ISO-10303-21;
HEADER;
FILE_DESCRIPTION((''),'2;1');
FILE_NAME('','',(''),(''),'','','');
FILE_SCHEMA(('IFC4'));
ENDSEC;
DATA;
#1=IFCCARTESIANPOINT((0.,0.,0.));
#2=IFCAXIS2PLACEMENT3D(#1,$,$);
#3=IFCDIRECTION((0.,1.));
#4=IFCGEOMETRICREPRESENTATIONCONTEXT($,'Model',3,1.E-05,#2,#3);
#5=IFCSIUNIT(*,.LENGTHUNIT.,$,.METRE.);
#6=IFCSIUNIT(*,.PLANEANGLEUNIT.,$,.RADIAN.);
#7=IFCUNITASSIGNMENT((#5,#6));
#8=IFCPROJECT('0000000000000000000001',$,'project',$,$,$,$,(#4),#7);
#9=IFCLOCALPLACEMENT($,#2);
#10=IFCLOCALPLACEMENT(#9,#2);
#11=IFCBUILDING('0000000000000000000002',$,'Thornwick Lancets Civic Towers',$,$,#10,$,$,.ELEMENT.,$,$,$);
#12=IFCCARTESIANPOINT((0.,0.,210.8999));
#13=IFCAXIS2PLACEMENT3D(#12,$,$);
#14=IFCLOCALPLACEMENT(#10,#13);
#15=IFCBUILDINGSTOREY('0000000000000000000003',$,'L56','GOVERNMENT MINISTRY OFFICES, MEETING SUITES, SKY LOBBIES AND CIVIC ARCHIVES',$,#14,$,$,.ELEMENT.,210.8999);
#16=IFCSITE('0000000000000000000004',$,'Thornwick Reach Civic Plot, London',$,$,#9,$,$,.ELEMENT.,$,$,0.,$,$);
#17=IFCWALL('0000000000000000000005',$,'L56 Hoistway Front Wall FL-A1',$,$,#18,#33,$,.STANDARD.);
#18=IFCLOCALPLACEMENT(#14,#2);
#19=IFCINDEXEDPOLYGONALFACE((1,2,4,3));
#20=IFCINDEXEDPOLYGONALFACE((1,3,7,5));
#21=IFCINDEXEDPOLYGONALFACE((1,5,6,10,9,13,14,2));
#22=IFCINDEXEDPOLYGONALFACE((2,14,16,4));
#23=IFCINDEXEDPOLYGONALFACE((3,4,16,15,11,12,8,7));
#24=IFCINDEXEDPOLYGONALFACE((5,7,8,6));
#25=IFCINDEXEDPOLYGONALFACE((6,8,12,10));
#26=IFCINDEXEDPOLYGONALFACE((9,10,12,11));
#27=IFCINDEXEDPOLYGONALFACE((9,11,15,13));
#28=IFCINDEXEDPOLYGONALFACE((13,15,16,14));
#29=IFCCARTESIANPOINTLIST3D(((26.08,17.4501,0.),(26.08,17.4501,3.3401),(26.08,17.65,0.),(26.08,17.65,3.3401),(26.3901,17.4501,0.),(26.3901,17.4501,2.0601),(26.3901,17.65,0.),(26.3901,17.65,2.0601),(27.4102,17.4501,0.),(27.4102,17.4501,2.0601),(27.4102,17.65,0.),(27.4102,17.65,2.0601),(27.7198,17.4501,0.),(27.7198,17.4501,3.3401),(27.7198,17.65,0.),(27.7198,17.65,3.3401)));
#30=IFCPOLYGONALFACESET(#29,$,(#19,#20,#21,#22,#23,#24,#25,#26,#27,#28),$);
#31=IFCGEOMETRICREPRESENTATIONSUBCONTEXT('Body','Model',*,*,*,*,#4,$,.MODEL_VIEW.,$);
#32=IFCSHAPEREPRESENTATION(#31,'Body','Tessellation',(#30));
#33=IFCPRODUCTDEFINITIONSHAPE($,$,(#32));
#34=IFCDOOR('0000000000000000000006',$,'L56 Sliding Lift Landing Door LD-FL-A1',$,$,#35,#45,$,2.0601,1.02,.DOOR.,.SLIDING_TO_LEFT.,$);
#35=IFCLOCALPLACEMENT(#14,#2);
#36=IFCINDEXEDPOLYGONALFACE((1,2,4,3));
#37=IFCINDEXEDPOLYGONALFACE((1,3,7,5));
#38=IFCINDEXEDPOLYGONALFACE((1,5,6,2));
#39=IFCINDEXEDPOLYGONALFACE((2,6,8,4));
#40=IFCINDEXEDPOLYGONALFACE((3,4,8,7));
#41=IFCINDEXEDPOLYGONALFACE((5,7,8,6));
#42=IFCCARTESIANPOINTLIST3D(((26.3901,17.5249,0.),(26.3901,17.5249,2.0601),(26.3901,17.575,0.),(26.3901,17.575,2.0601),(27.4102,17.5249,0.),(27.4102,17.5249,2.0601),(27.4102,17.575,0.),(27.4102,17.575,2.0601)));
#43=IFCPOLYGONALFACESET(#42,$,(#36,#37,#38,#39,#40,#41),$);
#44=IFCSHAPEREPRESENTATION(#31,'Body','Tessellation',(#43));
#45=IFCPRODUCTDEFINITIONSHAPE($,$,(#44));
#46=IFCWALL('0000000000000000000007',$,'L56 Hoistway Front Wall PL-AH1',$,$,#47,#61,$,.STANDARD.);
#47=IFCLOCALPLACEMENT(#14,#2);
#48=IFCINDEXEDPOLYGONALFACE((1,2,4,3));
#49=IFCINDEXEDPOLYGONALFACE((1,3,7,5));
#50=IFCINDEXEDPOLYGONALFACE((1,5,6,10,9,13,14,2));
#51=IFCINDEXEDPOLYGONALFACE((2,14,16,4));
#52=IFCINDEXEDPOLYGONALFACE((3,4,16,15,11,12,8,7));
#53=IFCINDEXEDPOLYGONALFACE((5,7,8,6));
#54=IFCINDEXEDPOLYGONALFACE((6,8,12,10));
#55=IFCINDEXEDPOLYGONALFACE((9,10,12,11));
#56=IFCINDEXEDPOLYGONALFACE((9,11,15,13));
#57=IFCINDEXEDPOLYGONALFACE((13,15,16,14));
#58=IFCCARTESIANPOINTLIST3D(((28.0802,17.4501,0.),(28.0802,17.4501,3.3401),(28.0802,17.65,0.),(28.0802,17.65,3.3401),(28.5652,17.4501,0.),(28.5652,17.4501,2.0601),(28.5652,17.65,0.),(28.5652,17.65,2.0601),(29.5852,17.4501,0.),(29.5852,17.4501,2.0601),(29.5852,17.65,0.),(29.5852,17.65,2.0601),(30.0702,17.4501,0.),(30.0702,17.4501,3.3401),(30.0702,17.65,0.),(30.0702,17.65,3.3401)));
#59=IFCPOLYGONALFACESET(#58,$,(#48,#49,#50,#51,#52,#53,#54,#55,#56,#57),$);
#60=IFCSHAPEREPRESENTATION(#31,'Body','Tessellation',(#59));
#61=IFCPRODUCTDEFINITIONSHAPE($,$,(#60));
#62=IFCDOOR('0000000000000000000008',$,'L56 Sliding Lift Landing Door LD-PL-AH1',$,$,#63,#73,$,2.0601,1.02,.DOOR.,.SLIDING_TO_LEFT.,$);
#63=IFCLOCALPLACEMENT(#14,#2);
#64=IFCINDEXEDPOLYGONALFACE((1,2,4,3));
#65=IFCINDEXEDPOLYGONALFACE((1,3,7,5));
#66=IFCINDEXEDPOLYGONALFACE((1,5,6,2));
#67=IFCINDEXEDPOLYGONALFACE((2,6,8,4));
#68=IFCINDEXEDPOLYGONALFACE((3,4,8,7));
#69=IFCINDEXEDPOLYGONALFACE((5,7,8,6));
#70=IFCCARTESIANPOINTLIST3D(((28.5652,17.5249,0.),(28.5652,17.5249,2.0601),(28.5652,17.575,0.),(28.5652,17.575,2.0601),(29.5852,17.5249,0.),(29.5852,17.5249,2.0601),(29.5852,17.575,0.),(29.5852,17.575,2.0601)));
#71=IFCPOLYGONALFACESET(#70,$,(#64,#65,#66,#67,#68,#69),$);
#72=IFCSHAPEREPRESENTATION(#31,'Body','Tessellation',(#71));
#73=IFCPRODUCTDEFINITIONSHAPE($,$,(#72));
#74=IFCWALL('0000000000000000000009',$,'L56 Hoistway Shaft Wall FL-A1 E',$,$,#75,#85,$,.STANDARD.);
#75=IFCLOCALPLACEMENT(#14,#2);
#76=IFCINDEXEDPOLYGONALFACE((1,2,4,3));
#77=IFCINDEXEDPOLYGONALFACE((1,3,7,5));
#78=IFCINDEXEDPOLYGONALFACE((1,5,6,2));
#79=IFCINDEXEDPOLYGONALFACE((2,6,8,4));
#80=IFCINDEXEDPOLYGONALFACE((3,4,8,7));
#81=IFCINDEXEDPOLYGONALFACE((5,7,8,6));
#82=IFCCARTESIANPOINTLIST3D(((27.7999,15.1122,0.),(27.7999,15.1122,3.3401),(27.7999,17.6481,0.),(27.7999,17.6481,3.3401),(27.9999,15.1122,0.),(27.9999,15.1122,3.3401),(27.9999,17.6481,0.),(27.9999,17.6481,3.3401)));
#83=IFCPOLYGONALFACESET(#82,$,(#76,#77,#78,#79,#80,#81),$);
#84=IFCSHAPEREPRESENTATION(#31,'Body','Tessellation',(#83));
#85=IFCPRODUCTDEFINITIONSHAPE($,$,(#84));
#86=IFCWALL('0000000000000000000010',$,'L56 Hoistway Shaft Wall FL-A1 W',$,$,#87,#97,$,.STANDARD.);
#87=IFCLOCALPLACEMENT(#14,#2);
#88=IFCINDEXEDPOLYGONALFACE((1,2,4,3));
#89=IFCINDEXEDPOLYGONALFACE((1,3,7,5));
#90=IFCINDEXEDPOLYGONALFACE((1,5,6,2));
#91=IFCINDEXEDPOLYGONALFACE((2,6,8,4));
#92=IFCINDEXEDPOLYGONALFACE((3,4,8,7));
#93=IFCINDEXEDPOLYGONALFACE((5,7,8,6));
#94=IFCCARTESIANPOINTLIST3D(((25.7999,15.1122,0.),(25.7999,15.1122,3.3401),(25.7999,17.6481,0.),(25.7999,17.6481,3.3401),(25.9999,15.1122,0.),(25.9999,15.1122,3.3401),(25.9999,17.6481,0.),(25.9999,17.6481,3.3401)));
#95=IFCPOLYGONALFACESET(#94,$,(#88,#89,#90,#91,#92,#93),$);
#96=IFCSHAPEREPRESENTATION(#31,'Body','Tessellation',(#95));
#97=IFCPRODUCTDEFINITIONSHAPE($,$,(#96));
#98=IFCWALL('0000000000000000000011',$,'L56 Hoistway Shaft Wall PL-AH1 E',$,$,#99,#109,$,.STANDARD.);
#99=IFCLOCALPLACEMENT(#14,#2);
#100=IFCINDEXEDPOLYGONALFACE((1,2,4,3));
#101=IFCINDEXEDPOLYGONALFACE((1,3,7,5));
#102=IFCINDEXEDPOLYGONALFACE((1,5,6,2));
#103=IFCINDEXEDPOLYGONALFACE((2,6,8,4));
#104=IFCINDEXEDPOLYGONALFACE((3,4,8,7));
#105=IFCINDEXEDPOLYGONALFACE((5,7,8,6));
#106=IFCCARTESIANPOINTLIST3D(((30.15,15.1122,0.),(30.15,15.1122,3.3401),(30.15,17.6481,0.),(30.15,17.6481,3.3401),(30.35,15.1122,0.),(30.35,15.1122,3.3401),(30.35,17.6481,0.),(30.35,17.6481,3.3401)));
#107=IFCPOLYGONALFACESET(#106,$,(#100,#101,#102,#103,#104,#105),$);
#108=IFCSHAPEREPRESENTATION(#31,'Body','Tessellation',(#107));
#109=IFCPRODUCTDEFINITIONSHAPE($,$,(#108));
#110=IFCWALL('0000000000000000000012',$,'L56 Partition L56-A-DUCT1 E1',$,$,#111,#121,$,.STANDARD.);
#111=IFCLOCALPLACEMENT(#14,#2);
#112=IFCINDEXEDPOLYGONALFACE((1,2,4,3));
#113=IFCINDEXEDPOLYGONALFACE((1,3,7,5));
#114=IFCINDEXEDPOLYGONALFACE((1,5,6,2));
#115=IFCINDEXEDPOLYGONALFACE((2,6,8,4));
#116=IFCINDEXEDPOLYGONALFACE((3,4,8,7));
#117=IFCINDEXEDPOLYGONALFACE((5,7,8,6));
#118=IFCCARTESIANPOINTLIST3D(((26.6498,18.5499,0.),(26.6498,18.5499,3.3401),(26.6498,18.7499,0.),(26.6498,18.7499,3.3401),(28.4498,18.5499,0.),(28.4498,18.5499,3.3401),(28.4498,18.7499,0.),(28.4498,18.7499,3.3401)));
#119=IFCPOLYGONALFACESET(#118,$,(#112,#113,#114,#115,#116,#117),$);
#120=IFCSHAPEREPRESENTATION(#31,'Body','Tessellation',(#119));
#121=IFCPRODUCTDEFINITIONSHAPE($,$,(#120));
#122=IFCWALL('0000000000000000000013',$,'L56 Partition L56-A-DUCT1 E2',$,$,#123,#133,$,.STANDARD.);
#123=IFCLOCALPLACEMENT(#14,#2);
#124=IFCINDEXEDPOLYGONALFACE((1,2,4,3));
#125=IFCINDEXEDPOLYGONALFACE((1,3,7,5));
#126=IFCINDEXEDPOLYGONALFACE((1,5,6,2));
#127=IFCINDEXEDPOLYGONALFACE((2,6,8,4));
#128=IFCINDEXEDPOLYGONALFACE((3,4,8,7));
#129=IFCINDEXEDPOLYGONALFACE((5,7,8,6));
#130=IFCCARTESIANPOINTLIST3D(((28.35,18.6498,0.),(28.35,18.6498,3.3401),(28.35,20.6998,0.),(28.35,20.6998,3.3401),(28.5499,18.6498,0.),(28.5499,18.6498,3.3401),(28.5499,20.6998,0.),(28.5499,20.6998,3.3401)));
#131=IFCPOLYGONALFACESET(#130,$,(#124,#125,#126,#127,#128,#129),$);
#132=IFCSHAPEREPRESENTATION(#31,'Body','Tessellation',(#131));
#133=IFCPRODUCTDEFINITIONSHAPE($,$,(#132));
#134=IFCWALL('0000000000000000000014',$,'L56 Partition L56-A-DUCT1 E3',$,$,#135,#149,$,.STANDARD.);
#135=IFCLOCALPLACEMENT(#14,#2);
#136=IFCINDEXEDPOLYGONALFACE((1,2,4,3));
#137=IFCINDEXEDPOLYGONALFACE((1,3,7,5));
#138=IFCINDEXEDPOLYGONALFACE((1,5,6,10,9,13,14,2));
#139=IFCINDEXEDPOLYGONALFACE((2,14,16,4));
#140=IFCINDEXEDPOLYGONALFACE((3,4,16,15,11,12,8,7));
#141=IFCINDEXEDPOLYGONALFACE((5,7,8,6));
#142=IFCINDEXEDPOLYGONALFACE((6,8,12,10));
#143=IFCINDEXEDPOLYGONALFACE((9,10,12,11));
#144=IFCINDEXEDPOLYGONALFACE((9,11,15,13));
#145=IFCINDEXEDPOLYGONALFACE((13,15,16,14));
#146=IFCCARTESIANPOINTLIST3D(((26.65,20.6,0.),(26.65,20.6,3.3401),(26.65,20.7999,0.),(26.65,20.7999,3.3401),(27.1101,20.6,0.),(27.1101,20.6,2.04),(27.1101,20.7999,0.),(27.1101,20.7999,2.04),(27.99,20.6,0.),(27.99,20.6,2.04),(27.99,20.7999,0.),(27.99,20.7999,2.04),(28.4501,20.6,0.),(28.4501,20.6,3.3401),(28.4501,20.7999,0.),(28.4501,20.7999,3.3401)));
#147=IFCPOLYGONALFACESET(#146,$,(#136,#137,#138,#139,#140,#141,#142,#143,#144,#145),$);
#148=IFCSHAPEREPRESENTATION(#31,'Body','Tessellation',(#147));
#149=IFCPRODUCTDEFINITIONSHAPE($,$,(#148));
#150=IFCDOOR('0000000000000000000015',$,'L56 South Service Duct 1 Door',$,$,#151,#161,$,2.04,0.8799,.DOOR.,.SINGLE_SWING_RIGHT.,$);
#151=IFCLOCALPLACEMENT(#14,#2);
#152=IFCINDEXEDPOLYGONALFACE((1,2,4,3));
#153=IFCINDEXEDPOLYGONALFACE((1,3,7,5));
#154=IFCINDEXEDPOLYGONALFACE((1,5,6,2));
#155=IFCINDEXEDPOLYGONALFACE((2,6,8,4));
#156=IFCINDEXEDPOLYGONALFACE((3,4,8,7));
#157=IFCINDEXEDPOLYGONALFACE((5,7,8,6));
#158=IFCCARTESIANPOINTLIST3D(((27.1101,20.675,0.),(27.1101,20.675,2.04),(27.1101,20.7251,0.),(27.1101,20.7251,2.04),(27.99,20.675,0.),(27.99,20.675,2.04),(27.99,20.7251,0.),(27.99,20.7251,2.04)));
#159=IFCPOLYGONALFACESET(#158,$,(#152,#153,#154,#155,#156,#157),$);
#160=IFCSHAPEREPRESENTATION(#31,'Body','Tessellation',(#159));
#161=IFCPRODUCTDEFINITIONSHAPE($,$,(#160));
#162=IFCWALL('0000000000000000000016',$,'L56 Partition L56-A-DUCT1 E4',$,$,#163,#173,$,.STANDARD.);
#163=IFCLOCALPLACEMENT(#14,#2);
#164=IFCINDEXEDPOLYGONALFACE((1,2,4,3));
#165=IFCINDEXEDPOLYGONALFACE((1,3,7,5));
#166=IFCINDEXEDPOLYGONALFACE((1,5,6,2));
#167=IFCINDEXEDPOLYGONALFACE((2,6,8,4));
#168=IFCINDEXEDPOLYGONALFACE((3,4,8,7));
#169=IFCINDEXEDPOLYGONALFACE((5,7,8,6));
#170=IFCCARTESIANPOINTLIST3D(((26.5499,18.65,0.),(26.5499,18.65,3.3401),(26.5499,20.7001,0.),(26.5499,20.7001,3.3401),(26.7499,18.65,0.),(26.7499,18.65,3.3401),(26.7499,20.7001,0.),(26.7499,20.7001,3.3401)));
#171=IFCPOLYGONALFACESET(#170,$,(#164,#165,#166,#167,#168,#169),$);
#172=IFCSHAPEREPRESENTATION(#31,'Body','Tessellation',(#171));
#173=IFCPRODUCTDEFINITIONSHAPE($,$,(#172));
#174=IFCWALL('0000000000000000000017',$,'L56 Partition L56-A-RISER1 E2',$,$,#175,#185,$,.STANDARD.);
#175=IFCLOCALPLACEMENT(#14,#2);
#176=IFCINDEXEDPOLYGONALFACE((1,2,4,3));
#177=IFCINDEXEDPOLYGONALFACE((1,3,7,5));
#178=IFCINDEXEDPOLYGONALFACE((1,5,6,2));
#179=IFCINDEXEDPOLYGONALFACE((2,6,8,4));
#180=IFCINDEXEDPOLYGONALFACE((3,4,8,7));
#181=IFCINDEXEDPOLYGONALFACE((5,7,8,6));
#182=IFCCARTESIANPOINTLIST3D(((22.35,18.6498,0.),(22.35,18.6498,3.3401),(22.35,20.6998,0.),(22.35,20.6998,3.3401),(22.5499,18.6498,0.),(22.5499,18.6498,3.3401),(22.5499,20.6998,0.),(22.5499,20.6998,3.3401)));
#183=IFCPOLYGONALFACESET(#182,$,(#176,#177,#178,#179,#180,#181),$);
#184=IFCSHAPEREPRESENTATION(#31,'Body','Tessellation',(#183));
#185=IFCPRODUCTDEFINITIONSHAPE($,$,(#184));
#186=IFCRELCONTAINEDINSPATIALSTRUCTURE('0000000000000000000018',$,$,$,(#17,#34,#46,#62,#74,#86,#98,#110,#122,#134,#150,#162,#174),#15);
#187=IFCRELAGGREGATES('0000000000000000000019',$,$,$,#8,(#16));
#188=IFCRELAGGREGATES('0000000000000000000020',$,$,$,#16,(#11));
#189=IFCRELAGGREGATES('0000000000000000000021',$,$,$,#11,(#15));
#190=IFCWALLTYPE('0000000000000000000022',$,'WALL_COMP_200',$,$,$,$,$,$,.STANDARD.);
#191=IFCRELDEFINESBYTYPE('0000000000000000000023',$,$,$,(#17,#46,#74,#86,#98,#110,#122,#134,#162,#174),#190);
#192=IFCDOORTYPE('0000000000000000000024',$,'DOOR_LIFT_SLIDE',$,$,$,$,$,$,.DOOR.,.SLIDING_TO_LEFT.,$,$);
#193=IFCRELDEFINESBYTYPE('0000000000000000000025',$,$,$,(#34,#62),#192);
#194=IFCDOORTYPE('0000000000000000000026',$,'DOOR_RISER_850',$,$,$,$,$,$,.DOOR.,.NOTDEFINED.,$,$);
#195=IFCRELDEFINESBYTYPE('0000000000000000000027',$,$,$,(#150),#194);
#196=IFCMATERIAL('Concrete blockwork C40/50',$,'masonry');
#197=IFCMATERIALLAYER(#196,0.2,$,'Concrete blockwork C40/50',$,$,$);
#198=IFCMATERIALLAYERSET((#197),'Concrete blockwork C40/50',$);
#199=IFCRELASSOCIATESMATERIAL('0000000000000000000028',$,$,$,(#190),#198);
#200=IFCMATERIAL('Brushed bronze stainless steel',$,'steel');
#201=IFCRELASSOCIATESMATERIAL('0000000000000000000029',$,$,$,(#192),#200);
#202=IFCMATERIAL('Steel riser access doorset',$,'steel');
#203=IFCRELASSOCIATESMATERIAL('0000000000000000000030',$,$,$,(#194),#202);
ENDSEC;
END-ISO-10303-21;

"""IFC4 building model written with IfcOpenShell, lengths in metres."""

from ifc_helpers import new_model, si_unit, direction, frame, frame_2d, origin, place, context, subcontext, project, spatial, rectangle, extrude, material, layer, layer_set, type_object, element, fill, save


model = new_model("IFC4")

# Units and contexts
model_context = context("Model", 3, precision=1e-05, world=origin(), true_north=direction((0.0, 1.0)))
body_context = subcontext(model_context, "Body", "Model", "MODEL_VIEW")
ifc_project = project(units=[si_unit("LENGTHUNIT", "METRE"), si_unit("PLANEANGLEUNIT", "RADIAN")], contexts=[model_context])

# Site, building, storey
site_placement = place(None, origin())
site = spatial("IfcSite", under=ifc_project, at=site_placement, Name="Thornwick Reach Civic Plot, London", CompositionType="ELEMENT", RefElevation=0.0)
building_placement = place(site_placement, origin())
building = spatial("IfcBuilding", under=site, at=building_placement, Name="Thornwick Lancets Civic Towers", CompositionType="ELEMENT")
storey_placement = place(building_placement, frame((0.0, 0.0, 210.8999)))
storey = spatial("IfcBuildingStorey", under=building, at=storey_placement, Name="L56", Description="GOVERNMENT MINISTRY OFFICES, MEETING SUITES, SKY LOBBIES AND CIVIC ARCHIVES", CompositionType="ELEMENT", Elevation=210.8999)

# Walls, openings, doors
ifc_material_1 = material(Name="Concrete blockwork C40/50", Category="masonry")
ifc_layer_1 = layer(ifc_material_1, 0.2, Name="Concrete blockwork C40/50")
ifc_layer_set_1 = layer_set([ifc_layer_1], Name="Concrete blockwork C40/50")
wall_type_1 = type_object("IfcWallType", Name="WALL_COMP_200", PredefinedType="STANDARD", material=ifc_layer_set_1)
wall_1_placement = place(storey_placement, frame((26.0801, 17.55, 0.0), z_axis=(0.0, 0.0, 1.0), x_axis=(1.0, 0.0, 0.0)))
wall_1 = element("IfcWall", 1, at=wall_1_placement, inside=storey, type_object=wall_type_1, Name="L56 Hoistway Front Wall FL-A1", PredefinedType="STANDARD", context=body_context, shape_type="SweptSolid", body=[
    extrude(rectangle(XDim=1.6399, YDim=0.2, at=frame_2d((0.8198, 0.0))), origin(), (0.0, 0.0, 1.0), 3.3401),
])
opening_1_placement = place(wall_1_placement, frame((0.3101, 0.0, 0.0)))
opening_1 = element("IfcOpeningElement", 2, at=opening_1_placement, cuts=wall_1, PredefinedType="OPENING", context=body_context, shape_type="SweptSolid", body=[
    extrude(rectangle(XDim=1.02, YDim=2.0601, at=frame_2d((0.51, 1.03))), frame((0.0, 0.1099, 0.0), z_axis=(0.0, -1.0, 0.0), x_axis=(1.0, 0.0, 0.0)), (0.0, 0.0, 1.0), 0.22),
])
ifc_material_2 = material(Name="Brushed bronze stainless steel", Category="steel")
door_type_1 = type_object("IfcDoorType", Name="DOOR_LIFT_SLIDE", OperationType="SLIDING_TO_LEFT", PredefinedType="DOOR", material=ifc_material_2)
door_1_placement = place(opening_1_placement, origin())
door_1 = element("IfcDoor", 3, at=door_1_placement, inside=storey, type_object=door_type_1, Name="L56 Sliding Lift Landing Door LD-FL-A1", OperationType="SLIDING_TO_LEFT", OverallHeight=2.0601, OverallWidth=1.02, PredefinedType="DOOR", context=body_context, shape_type="SweptSolid", body=[
    extrude(rectangle(XDim=1.02, YDim=2.0601, at=frame_2d((0.51, 1.03))), frame((0.0, 0.0249, 0.0), z_axis=(0.0, -1.0, 0.0), x_axis=(1.0, 0.0, 0.0)), (0.0, 0.0, 1.0), 0.05),
])
fill(opening_1, door_1)
wall_2_placement = place(storey_placement, frame((28.0801, 17.55, 0.0), z_axis=(0.0, 0.0, 1.0), x_axis=(1.0, 0.0, 0.0)))
wall_2 = element("IfcWall", 4, at=wall_2_placement, inside=storey, type_object=wall_type_1, Name="L56 Hoistway Front Wall PL-AH1", PredefinedType="STANDARD", context=body_context, shape_type="SweptSolid", body=[
    extrude(rectangle(XDim=1.99, YDim=0.2, at=frame_2d((0.9951, 0.0))), origin(), (0.0, 0.0, 1.0), 3.3401),
])
opening_2_placement = place(wall_2_placement, frame((0.4851, 0.0, 0.0)))
opening_2 = element("IfcOpeningElement", 5, at=opening_2_placement, cuts=wall_2, PredefinedType="OPENING", context=body_context, shape_type="SweptSolid", body=[
    extrude(rectangle(XDim=1.02, YDim=2.0601, at=frame_2d((0.51, 1.03))), frame((0.0, 0.1099, 0.0), z_axis=(0.0, -1.0, 0.0), x_axis=(1.0, 0.0, 0.0)), (0.0, 0.0, 1.0), 0.22),
])
door_2_placement = place(opening_2_placement, origin())
door_2 = element("IfcDoor", 6, at=door_2_placement, inside=storey, type_object=door_type_1, Name="L56 Sliding Lift Landing Door LD-PL-AH1", OperationType="SLIDING_TO_LEFT", OverallHeight=2.0601, OverallWidth=1.02, PredefinedType="DOOR", context=body_context, shape_type="SweptSolid", body=[
    extrude(rectangle(XDim=1.02, YDim=2.0601, at=frame_2d((0.51, 1.03))), frame((0.0, 0.0249, 0.0), z_axis=(0.0, -1.0, 0.0), x_axis=(1.0, 0.0, 0.0)), (0.0, 0.0, 1.0), 0.05),
])
fill(opening_2, door_2)

# Walls
for number, where, z_axis, x_axis, name in (
    (7, (27.8999, 15.1121, 0.0), (0.0, 0.0, 1.0), (0.0, 1.0, 0.0), "L56 Hoistway Shaft Wall FL-A1 E"),
    (8, (25.8999, 15.1121, 0.0), (0.0, 0.0, 1.0), (0.0, 1.0, 0.0), "L56 Hoistway Shaft Wall FL-A1 W"),
    (9, (30.25, 15.1121, 0.0), (0.0, 0.0, 1.0), (0.0, 1.0, 0.0), "L56 Hoistway Shaft Wall PL-AH1 E"),
):
    element("IfcWall", number, at=place(storey_placement, frame(where, z_axis=z_axis, x_axis=x_axis)), inside=storey, type_object=wall_type_1, Name=name, PredefinedType="STANDARD", context=body_context, shape_type="SweptSolid", body=[
        extrude(rectangle(XDim=2.5359, YDim=0.2, at=frame_2d((1.2681, 0.0))), origin(), (0.0, 0.0, 1.0), 3.3401),
    ])
wall_3_placement = place(storey_placement, frame((26.6499, 18.6499, 0.0), z_axis=(0.0, 0.0, 1.0), x_axis=(1.0, 0.0, 0.0)))
element("IfcWall", 10, at=wall_3_placement, inside=storey, type_object=wall_type_1, Name="L56 Partition L56-A-DUCT1 E1", PredefinedType="STANDARD", context=body_context, shape_type="SweptSolid", body=[
    extrude(rectangle(XDim=1.8, YDim=0.2, at=frame_2d((0.8999, 0.0))), origin(), (0.0, 0.0, 1.0), 3.3401),
])
wall_4_placement = place(storey_placement, frame((28.45, 18.6499, 0.0), z_axis=(0.0, 0.0, 1.0), x_axis=(0.0, 1.0, 0.0)))
element("IfcWall", 11, at=wall_4_placement, inside=storey, type_object=wall_type_1, Name="L56 Partition L56-A-DUCT1 E2", PredefinedType="STANDARD", context=body_context, shape_type="SweptSolid", body=[
    extrude(rectangle(XDim=2.05, YDim=0.2, at=frame_2d((1.0249, 0.0))), origin(), (0.0, 0.0, 1.0), 3.3401),
])

# Wall, opening, door
wall_5_placement = place(storey_placement, frame((28.45, 20.7, 0.0), z_axis=(0.0, 0.0, 1.0), x_axis=(-1.0, 0.0, 0.0)))
wall_5 = element("IfcWall", 12, at=wall_5_placement, inside=storey, type_object=wall_type_1, Name="L56 Partition L56-A-DUCT1 E3", PredefinedType="STANDARD", context=body_context, shape_type="SweptSolid", body=[
    extrude(rectangle(XDim=1.8, YDim=0.2, at=frame_2d((0.8999, 0.0))), origin(), (0.0, 0.0, 1.0), 3.3401),
])
opening_3_placement = place(wall_5_placement, frame((0.46, 0.0, 0.0)))
opening_3 = element("IfcOpeningElement", 13, at=opening_3_placement, cuts=wall_5, PredefinedType="OPENING", context=body_context, shape_type="SweptSolid", body=[
    extrude(rectangle(XDim=0.8799, YDim=2.04, at=frame_2d((0.4399, 1.02))), frame((0.0, 0.1099, 0.0), z_axis=(0.0, -1.0, 0.0), x_axis=(1.0, 0.0, 0.0)), (0.0, 0.0, 1.0), 0.22),
])
ifc_material_3 = material(Name="Steel riser access doorset", Category="steel")
door_type_2 = type_object("IfcDoorType", Name="DOOR_RISER_850", OperationType="NOTDEFINED", PredefinedType="DOOR", material=ifc_material_3)
door_3_placement = place(opening_3_placement, origin())
door_3 = element("IfcDoor", 14, at=door_3_placement, inside=storey, type_object=door_type_2, Name="L56 South Service Duct 1 Door", OperationType="SINGLE_SWING_RIGHT", OverallHeight=2.04, OverallWidth=0.8799, PredefinedType="DOOR", context=body_context, shape_type="SweptSolid", body=[
    extrude(rectangle(XDim=0.8799, YDim=2.04, at=frame_2d((0.4399, 1.02))), frame((0.0, 0.0249, 0.0), z_axis=(0.0, -1.0, 0.0), x_axis=(1.0, 0.0, 0.0)), (0.0, 0.0, 1.0), 0.05),
])
fill(opening_3, door_3)

# Walls
for number, where, z_axis, x_axis, name in (
    (15, (26.6499, 20.7, 0.0), (0.0, 0.0, 1.0), (0.0, -1.0, 0.0), "L56 Partition L56-A-DUCT1 E4"),
    (16, (22.45, 18.6499, 0.0), (0.0, 0.0, 1.0), (0.0, 1.0, 0.0), "L56 Partition L56-A-RISER1 E2"),
):
    element("IfcWall", number, at=place(storey_placement, frame(where, z_axis=z_axis, x_axis=x_axis)), inside=storey, type_object=wall_type_1, Name=name, PredefinedType="STANDARD", context=body_context, shape_type="SweptSolid", body=[
        extrude(rectangle(XDim=2.05, YDim=0.2, at=frame_2d((1.0249, 0.0))), origin(), (0.0, 0.0, 1.0), 3.3401),
    ])

save(model, "model.ifc")
